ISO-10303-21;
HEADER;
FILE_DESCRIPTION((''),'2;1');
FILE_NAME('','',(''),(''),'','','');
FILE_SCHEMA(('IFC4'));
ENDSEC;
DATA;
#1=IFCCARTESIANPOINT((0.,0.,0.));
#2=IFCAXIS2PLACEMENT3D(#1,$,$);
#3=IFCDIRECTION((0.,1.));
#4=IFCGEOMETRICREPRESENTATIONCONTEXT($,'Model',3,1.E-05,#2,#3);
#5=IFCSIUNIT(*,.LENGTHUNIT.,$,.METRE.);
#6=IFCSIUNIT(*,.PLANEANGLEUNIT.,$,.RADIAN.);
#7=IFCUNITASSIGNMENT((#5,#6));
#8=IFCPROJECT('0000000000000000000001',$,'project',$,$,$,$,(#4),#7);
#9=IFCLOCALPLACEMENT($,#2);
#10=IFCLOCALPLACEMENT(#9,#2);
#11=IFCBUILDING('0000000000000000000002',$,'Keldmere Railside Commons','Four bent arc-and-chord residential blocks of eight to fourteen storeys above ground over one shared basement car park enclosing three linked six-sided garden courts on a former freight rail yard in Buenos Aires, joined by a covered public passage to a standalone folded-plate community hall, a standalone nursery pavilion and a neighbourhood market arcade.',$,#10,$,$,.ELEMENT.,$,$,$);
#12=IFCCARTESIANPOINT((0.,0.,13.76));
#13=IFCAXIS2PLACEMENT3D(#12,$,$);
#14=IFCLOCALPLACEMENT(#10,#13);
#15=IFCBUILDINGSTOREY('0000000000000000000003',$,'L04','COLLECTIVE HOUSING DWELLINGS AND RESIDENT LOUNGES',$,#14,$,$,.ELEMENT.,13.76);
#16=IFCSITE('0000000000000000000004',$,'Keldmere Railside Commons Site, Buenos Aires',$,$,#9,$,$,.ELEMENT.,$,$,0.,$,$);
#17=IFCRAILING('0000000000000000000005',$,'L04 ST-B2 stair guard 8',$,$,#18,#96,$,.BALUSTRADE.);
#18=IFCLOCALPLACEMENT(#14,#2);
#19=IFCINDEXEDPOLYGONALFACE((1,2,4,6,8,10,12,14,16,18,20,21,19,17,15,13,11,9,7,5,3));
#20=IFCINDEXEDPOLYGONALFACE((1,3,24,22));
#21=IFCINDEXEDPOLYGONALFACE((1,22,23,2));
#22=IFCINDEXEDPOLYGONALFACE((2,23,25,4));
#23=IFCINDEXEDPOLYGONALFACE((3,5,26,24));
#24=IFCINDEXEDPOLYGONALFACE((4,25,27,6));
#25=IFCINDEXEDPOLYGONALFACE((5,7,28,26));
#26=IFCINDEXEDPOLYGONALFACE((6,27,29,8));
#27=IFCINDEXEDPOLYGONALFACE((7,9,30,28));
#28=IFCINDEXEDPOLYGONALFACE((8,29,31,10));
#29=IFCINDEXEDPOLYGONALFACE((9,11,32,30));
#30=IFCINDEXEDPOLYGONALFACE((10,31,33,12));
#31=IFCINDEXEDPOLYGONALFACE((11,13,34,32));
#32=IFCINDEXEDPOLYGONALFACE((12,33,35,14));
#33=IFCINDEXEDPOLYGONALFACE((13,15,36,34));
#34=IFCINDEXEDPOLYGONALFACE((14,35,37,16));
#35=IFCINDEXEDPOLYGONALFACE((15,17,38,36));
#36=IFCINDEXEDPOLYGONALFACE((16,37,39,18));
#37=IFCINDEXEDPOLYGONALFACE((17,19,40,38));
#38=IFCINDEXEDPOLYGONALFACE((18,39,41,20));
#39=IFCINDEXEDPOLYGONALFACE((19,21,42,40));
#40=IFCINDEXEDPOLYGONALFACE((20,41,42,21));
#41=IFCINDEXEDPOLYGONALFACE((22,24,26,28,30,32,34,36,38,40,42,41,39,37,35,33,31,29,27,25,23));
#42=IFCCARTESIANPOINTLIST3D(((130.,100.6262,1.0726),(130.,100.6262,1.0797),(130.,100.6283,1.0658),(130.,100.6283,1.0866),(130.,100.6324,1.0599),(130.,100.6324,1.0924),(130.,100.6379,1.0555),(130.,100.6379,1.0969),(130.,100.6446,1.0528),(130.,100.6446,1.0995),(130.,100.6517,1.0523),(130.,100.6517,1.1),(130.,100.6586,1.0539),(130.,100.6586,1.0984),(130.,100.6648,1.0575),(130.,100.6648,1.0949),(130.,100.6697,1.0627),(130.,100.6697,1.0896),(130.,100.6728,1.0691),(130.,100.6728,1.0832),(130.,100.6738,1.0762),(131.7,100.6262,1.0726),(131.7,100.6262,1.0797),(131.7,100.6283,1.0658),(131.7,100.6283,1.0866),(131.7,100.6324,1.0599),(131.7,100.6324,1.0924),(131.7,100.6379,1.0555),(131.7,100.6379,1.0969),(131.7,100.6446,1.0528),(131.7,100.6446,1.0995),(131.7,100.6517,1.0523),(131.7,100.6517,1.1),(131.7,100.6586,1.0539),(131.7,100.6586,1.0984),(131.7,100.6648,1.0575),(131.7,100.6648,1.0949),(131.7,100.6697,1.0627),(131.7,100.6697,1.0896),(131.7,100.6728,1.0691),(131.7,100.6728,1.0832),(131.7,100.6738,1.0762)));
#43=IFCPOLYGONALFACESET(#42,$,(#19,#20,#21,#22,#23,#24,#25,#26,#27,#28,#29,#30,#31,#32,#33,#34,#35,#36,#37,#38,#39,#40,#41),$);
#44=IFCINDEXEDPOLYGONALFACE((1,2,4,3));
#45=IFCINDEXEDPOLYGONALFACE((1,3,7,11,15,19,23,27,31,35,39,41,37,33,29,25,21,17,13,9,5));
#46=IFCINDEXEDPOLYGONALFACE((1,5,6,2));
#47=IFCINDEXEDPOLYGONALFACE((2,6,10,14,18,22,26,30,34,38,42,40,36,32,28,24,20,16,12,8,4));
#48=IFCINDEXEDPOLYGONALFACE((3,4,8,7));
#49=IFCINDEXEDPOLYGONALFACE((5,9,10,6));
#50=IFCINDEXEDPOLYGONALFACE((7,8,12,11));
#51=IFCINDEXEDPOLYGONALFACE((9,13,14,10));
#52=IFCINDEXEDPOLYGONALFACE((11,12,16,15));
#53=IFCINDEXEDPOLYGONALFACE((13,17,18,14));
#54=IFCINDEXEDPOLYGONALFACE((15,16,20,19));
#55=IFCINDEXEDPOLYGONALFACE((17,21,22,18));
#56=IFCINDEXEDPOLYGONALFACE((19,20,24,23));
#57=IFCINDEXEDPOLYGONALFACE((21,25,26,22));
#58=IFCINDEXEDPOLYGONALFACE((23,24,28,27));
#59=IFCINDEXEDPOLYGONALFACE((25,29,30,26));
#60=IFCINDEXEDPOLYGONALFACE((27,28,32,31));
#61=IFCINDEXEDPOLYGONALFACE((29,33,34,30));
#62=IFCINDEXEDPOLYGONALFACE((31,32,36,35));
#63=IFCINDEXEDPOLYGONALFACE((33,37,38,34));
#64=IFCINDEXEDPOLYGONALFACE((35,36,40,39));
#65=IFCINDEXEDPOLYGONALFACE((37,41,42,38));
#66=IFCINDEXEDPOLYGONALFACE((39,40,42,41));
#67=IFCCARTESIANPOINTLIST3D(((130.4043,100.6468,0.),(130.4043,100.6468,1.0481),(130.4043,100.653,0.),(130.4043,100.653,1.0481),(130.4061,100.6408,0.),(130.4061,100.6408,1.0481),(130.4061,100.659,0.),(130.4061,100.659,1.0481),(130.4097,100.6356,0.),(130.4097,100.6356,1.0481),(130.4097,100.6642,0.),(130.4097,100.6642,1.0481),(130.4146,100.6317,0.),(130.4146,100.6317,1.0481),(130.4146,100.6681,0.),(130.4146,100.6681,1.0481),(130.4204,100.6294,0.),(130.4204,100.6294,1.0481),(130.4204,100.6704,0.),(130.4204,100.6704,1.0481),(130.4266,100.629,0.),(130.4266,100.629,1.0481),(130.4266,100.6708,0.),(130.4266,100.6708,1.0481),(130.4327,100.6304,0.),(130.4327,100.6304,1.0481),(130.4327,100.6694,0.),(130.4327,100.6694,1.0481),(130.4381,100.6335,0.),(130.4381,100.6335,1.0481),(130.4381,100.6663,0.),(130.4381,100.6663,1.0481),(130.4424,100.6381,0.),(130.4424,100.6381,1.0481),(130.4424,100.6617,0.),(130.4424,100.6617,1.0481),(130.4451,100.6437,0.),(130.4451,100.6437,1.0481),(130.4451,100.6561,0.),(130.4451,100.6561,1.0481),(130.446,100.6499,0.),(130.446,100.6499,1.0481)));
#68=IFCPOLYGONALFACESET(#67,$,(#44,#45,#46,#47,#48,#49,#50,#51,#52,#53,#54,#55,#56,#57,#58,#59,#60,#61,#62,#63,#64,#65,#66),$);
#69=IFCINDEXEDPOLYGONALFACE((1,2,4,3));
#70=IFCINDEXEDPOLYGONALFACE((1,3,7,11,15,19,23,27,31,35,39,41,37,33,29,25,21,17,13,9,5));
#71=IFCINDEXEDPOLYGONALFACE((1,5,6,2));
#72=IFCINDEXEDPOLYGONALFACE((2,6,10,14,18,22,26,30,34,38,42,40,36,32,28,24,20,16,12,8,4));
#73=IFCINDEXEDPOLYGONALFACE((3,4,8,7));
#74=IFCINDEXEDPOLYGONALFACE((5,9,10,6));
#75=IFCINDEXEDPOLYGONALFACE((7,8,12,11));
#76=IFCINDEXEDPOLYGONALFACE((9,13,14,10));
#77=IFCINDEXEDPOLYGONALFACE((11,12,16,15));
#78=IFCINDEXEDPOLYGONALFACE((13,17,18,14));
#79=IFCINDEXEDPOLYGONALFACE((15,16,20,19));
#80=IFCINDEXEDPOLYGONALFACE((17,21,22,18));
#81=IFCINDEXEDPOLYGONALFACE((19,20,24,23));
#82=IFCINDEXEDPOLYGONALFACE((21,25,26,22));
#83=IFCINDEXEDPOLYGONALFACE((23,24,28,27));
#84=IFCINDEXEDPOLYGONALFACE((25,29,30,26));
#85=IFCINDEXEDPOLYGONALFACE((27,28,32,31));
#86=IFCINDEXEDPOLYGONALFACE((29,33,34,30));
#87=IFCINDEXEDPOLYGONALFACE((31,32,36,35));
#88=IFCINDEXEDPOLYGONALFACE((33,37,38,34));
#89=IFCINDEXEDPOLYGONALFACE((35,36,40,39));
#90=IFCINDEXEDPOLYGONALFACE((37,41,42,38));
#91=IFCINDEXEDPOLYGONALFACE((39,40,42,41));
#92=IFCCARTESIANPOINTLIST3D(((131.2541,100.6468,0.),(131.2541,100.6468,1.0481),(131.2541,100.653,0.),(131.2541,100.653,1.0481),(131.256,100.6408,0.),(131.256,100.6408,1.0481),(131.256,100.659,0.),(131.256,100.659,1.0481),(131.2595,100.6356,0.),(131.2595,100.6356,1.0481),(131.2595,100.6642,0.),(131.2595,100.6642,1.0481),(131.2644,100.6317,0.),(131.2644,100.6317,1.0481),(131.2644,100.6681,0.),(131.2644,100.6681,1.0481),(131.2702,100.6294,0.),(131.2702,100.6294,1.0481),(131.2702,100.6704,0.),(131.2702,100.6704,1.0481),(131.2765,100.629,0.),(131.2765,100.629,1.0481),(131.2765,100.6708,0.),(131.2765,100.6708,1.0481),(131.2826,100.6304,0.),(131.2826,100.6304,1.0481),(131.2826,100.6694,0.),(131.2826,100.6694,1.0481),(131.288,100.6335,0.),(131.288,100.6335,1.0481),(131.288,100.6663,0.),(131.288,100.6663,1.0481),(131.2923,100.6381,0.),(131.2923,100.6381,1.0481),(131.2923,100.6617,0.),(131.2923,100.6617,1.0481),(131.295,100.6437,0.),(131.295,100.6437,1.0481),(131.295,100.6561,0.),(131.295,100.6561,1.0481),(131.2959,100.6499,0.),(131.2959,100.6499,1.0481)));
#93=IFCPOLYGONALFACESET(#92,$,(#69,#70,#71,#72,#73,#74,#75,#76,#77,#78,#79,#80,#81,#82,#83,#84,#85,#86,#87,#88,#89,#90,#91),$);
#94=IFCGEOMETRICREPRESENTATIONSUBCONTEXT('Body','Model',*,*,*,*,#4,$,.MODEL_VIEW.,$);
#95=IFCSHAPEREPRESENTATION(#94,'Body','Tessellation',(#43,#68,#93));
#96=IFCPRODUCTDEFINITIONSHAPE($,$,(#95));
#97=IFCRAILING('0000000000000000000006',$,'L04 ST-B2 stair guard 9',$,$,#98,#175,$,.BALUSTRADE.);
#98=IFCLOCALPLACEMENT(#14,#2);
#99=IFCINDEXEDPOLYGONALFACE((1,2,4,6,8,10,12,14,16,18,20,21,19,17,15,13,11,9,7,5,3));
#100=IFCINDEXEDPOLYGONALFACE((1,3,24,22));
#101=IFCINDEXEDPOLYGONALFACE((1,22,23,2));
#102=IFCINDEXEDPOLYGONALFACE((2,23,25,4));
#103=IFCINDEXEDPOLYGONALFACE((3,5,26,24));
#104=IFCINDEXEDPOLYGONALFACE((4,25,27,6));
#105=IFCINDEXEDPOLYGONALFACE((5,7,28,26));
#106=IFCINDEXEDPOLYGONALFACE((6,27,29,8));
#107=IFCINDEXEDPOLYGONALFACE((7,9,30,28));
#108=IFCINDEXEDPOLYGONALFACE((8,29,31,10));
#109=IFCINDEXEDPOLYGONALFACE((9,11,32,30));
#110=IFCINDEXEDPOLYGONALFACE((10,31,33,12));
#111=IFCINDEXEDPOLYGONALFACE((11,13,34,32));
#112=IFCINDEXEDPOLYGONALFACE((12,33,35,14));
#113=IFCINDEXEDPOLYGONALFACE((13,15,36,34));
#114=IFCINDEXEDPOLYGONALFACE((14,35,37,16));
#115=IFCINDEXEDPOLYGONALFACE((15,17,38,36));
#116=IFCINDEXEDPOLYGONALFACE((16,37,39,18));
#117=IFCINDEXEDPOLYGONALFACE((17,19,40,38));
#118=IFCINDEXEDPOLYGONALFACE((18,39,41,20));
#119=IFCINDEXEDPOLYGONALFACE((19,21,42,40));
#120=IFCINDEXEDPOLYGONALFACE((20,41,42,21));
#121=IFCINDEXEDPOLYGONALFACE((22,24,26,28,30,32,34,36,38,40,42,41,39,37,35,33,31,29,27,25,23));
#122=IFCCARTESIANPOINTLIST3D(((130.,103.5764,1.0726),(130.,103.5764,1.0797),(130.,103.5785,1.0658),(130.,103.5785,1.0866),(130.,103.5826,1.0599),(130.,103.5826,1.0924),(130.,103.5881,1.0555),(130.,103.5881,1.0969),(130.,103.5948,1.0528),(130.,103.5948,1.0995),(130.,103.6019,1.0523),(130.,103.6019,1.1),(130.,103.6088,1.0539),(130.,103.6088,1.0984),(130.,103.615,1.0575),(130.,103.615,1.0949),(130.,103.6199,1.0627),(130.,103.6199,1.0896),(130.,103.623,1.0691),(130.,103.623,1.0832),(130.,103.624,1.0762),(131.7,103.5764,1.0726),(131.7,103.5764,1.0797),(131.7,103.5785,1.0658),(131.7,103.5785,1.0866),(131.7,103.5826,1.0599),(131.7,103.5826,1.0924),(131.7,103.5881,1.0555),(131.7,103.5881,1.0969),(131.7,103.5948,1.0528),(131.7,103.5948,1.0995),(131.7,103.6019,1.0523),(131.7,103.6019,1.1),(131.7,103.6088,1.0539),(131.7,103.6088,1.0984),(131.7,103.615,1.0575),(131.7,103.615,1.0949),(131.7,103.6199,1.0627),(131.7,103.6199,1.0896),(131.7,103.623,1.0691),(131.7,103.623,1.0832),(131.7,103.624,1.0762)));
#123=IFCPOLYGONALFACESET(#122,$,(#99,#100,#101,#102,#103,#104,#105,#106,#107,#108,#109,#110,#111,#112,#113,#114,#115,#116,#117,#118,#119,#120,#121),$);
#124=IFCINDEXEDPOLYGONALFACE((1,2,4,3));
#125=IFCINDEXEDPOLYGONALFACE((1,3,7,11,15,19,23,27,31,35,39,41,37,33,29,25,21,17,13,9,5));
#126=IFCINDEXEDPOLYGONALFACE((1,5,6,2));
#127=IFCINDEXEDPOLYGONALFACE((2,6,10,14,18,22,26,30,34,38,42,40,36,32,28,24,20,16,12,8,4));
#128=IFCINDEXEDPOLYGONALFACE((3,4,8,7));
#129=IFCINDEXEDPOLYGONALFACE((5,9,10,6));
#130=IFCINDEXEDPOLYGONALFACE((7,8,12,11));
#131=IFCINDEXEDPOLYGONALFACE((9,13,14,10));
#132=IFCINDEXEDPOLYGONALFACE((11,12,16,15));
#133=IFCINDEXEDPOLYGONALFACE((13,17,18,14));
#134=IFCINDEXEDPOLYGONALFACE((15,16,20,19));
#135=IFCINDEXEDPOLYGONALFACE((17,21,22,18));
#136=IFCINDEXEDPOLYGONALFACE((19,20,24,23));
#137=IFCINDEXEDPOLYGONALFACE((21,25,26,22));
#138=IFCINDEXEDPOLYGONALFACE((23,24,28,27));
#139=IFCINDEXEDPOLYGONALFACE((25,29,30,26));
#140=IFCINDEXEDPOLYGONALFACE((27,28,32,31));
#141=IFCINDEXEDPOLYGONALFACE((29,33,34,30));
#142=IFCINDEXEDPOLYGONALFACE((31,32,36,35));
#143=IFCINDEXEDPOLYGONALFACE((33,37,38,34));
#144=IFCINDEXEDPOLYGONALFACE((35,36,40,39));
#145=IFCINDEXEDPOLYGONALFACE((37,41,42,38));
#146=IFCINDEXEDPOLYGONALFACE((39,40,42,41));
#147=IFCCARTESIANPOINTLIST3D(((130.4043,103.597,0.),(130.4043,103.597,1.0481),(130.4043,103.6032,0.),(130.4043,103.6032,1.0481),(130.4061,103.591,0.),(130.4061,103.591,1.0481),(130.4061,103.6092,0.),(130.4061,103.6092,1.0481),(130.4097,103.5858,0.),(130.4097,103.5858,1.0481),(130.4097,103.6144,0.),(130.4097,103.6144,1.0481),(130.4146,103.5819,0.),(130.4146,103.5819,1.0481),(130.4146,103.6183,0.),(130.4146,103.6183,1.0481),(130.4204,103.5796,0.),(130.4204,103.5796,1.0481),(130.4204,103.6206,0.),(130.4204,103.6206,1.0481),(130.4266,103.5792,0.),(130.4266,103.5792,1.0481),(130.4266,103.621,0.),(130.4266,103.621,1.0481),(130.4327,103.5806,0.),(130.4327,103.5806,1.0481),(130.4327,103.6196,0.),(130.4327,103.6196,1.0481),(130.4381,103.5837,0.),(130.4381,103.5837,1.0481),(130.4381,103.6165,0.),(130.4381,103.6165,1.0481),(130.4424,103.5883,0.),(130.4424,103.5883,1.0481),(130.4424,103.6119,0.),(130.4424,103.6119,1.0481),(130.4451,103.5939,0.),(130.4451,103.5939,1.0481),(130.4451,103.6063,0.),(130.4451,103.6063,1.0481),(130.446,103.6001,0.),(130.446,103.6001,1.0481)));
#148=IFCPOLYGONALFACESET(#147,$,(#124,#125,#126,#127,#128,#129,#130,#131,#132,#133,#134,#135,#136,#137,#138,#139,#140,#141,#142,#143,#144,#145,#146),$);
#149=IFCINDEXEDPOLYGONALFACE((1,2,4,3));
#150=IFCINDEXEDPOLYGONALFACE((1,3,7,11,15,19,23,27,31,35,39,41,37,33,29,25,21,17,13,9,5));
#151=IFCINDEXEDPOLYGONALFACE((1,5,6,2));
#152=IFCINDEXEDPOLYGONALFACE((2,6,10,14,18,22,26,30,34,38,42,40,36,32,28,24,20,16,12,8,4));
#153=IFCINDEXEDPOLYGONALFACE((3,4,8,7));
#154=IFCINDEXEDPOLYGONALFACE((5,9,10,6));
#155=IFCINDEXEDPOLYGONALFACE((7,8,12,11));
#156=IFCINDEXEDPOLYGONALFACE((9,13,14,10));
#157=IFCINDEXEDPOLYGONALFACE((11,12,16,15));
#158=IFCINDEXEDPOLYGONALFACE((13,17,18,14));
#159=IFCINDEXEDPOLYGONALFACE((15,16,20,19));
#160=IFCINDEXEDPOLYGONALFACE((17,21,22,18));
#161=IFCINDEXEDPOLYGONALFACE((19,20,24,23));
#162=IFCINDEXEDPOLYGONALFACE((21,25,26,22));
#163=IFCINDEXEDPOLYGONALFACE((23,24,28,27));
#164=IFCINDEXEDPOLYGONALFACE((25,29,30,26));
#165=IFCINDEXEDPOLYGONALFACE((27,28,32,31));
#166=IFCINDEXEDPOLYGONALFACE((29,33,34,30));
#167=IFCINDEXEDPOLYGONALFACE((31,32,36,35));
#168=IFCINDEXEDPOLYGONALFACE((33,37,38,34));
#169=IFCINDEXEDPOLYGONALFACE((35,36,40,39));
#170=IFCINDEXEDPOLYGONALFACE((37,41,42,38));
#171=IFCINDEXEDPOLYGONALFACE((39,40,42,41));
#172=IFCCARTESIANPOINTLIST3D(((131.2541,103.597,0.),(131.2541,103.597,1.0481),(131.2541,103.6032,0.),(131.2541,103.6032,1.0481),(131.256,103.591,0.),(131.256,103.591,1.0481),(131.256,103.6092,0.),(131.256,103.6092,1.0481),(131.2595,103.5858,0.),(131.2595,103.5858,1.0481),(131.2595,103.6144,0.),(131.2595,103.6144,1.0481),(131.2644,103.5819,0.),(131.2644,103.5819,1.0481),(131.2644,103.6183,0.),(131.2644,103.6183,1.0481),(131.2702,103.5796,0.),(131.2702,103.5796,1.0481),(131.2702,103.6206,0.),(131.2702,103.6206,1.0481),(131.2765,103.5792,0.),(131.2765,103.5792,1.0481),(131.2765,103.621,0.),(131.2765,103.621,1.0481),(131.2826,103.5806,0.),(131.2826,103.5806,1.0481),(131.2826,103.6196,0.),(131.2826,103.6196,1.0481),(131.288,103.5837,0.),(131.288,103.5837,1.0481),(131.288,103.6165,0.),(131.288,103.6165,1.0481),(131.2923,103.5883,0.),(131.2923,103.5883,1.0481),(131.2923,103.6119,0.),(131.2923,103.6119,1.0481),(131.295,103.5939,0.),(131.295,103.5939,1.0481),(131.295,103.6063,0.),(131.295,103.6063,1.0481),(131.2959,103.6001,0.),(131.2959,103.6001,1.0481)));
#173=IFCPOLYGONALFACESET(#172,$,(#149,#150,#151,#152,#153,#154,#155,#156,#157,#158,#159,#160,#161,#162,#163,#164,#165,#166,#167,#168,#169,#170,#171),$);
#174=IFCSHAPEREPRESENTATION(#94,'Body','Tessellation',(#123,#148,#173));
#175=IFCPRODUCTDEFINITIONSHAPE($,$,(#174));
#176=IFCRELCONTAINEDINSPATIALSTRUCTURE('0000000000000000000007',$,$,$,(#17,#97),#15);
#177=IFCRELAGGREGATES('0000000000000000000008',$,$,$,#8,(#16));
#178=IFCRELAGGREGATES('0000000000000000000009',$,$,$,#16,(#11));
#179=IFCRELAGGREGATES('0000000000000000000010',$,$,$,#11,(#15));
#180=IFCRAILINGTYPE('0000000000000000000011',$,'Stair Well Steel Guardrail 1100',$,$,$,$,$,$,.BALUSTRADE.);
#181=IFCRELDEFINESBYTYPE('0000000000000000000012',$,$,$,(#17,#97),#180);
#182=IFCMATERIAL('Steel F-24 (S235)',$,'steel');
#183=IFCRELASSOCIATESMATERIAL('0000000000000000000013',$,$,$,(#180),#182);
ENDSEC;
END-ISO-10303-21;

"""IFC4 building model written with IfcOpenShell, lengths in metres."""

from ifc_helpers import new_model, si_unit, direction, frame, origin, origin_2d, place, context, subcontext, project, spatial, circle, extrude, material, type_object, element, save


model = new_model("IFC4")

# Units and contexts
model_context = context("Model", 3, precision=1e-05, world=origin(), true_north=direction((0.0, 1.0)))
body_context = subcontext(model_context, "Body", "Model", "MODEL_VIEW")
ifc_project = project(units=[si_unit("LENGTHUNIT", "METRE"), si_unit("PLANEANGLEUNIT", "RADIAN")], contexts=[model_context])

# Site, building, storey
site_placement = place(None, origin())
site = spatial("IfcSite", under=ifc_project, at=site_placement, Name="Keldmere Railside Commons Site, Buenos Aires", CompositionType="ELEMENT", RefElevation=0.0)
building_placement = place(site_placement, origin())
building = spatial("IfcBuilding", under=site, at=building_placement, Name="Keldmere Railside Commons", Description="Four bent arc-and-chord residential blocks of eight to fourteen storeys above ground over one shared basement car park enclosing three linked six-sided garden courts on a former freight rail yard in Buenos Aires, joined by a covered public passage to a standalone folded-plate community hall, a standalone nursery pavilion and a neighbourhood market arcade.", CompositionType="ELEMENT")
storey_placement = place(building_placement, frame((0.0, 0.0, 13.76)))
storey = spatial("IfcBuildingStorey", under=building, at=storey_placement, Name="L04", Description="COLLECTIVE HOUSING DWELLINGS AND RESIDENT LOUNGES", CompositionType="ELEMENT", Elevation=13.76)

# Railings
ifc_material_1 = material(Name="Steel F-24 (S235)", Category="steel")
railing_type_1 = type_object("IfcRailingType", Name="Stair Well Steel Guardrail 1100", PredefinedType="BALUSTRADE", material=ifc_material_1)
for number, where, name in (
    (1, (130.0, 100.6499, 0.0), "L04 ST-B2 stair guard 8"),
    (2, (130.0, 103.6001, 0.0), "L04 ST-B2 stair guard 9"),
):
    element("IfcRailing", number, at=place(storey_placement, frame(where)), inside=storey, type_object=railing_type_1, Name=name, PredefinedType="BALUSTRADE", context=body_context, shape_type="SweptSolid", body=[
        extrude(circle(Radius=0.0239, at=origin_2d()), frame((0.0, 0.0, 1.0762), z_axis=(1.0, 0.0, 0.0), x_axis=(0.0, 1.0, 0.0)), (0.0, 0.0, 1.0), 1.7),
        extrude(circle(Radius=0.021, at=origin_2d()), frame((0.425, 0.0, 0.0)), (0.0, 0.0, 1.0), 1.0481),
        extrude(circle(Radius=0.021, at=origin_2d()), frame((1.2749, 0.0, 0.0)), (0.0, 0.0, 1.0), 1.0481),
    ])

save(model, "model.ifc")
